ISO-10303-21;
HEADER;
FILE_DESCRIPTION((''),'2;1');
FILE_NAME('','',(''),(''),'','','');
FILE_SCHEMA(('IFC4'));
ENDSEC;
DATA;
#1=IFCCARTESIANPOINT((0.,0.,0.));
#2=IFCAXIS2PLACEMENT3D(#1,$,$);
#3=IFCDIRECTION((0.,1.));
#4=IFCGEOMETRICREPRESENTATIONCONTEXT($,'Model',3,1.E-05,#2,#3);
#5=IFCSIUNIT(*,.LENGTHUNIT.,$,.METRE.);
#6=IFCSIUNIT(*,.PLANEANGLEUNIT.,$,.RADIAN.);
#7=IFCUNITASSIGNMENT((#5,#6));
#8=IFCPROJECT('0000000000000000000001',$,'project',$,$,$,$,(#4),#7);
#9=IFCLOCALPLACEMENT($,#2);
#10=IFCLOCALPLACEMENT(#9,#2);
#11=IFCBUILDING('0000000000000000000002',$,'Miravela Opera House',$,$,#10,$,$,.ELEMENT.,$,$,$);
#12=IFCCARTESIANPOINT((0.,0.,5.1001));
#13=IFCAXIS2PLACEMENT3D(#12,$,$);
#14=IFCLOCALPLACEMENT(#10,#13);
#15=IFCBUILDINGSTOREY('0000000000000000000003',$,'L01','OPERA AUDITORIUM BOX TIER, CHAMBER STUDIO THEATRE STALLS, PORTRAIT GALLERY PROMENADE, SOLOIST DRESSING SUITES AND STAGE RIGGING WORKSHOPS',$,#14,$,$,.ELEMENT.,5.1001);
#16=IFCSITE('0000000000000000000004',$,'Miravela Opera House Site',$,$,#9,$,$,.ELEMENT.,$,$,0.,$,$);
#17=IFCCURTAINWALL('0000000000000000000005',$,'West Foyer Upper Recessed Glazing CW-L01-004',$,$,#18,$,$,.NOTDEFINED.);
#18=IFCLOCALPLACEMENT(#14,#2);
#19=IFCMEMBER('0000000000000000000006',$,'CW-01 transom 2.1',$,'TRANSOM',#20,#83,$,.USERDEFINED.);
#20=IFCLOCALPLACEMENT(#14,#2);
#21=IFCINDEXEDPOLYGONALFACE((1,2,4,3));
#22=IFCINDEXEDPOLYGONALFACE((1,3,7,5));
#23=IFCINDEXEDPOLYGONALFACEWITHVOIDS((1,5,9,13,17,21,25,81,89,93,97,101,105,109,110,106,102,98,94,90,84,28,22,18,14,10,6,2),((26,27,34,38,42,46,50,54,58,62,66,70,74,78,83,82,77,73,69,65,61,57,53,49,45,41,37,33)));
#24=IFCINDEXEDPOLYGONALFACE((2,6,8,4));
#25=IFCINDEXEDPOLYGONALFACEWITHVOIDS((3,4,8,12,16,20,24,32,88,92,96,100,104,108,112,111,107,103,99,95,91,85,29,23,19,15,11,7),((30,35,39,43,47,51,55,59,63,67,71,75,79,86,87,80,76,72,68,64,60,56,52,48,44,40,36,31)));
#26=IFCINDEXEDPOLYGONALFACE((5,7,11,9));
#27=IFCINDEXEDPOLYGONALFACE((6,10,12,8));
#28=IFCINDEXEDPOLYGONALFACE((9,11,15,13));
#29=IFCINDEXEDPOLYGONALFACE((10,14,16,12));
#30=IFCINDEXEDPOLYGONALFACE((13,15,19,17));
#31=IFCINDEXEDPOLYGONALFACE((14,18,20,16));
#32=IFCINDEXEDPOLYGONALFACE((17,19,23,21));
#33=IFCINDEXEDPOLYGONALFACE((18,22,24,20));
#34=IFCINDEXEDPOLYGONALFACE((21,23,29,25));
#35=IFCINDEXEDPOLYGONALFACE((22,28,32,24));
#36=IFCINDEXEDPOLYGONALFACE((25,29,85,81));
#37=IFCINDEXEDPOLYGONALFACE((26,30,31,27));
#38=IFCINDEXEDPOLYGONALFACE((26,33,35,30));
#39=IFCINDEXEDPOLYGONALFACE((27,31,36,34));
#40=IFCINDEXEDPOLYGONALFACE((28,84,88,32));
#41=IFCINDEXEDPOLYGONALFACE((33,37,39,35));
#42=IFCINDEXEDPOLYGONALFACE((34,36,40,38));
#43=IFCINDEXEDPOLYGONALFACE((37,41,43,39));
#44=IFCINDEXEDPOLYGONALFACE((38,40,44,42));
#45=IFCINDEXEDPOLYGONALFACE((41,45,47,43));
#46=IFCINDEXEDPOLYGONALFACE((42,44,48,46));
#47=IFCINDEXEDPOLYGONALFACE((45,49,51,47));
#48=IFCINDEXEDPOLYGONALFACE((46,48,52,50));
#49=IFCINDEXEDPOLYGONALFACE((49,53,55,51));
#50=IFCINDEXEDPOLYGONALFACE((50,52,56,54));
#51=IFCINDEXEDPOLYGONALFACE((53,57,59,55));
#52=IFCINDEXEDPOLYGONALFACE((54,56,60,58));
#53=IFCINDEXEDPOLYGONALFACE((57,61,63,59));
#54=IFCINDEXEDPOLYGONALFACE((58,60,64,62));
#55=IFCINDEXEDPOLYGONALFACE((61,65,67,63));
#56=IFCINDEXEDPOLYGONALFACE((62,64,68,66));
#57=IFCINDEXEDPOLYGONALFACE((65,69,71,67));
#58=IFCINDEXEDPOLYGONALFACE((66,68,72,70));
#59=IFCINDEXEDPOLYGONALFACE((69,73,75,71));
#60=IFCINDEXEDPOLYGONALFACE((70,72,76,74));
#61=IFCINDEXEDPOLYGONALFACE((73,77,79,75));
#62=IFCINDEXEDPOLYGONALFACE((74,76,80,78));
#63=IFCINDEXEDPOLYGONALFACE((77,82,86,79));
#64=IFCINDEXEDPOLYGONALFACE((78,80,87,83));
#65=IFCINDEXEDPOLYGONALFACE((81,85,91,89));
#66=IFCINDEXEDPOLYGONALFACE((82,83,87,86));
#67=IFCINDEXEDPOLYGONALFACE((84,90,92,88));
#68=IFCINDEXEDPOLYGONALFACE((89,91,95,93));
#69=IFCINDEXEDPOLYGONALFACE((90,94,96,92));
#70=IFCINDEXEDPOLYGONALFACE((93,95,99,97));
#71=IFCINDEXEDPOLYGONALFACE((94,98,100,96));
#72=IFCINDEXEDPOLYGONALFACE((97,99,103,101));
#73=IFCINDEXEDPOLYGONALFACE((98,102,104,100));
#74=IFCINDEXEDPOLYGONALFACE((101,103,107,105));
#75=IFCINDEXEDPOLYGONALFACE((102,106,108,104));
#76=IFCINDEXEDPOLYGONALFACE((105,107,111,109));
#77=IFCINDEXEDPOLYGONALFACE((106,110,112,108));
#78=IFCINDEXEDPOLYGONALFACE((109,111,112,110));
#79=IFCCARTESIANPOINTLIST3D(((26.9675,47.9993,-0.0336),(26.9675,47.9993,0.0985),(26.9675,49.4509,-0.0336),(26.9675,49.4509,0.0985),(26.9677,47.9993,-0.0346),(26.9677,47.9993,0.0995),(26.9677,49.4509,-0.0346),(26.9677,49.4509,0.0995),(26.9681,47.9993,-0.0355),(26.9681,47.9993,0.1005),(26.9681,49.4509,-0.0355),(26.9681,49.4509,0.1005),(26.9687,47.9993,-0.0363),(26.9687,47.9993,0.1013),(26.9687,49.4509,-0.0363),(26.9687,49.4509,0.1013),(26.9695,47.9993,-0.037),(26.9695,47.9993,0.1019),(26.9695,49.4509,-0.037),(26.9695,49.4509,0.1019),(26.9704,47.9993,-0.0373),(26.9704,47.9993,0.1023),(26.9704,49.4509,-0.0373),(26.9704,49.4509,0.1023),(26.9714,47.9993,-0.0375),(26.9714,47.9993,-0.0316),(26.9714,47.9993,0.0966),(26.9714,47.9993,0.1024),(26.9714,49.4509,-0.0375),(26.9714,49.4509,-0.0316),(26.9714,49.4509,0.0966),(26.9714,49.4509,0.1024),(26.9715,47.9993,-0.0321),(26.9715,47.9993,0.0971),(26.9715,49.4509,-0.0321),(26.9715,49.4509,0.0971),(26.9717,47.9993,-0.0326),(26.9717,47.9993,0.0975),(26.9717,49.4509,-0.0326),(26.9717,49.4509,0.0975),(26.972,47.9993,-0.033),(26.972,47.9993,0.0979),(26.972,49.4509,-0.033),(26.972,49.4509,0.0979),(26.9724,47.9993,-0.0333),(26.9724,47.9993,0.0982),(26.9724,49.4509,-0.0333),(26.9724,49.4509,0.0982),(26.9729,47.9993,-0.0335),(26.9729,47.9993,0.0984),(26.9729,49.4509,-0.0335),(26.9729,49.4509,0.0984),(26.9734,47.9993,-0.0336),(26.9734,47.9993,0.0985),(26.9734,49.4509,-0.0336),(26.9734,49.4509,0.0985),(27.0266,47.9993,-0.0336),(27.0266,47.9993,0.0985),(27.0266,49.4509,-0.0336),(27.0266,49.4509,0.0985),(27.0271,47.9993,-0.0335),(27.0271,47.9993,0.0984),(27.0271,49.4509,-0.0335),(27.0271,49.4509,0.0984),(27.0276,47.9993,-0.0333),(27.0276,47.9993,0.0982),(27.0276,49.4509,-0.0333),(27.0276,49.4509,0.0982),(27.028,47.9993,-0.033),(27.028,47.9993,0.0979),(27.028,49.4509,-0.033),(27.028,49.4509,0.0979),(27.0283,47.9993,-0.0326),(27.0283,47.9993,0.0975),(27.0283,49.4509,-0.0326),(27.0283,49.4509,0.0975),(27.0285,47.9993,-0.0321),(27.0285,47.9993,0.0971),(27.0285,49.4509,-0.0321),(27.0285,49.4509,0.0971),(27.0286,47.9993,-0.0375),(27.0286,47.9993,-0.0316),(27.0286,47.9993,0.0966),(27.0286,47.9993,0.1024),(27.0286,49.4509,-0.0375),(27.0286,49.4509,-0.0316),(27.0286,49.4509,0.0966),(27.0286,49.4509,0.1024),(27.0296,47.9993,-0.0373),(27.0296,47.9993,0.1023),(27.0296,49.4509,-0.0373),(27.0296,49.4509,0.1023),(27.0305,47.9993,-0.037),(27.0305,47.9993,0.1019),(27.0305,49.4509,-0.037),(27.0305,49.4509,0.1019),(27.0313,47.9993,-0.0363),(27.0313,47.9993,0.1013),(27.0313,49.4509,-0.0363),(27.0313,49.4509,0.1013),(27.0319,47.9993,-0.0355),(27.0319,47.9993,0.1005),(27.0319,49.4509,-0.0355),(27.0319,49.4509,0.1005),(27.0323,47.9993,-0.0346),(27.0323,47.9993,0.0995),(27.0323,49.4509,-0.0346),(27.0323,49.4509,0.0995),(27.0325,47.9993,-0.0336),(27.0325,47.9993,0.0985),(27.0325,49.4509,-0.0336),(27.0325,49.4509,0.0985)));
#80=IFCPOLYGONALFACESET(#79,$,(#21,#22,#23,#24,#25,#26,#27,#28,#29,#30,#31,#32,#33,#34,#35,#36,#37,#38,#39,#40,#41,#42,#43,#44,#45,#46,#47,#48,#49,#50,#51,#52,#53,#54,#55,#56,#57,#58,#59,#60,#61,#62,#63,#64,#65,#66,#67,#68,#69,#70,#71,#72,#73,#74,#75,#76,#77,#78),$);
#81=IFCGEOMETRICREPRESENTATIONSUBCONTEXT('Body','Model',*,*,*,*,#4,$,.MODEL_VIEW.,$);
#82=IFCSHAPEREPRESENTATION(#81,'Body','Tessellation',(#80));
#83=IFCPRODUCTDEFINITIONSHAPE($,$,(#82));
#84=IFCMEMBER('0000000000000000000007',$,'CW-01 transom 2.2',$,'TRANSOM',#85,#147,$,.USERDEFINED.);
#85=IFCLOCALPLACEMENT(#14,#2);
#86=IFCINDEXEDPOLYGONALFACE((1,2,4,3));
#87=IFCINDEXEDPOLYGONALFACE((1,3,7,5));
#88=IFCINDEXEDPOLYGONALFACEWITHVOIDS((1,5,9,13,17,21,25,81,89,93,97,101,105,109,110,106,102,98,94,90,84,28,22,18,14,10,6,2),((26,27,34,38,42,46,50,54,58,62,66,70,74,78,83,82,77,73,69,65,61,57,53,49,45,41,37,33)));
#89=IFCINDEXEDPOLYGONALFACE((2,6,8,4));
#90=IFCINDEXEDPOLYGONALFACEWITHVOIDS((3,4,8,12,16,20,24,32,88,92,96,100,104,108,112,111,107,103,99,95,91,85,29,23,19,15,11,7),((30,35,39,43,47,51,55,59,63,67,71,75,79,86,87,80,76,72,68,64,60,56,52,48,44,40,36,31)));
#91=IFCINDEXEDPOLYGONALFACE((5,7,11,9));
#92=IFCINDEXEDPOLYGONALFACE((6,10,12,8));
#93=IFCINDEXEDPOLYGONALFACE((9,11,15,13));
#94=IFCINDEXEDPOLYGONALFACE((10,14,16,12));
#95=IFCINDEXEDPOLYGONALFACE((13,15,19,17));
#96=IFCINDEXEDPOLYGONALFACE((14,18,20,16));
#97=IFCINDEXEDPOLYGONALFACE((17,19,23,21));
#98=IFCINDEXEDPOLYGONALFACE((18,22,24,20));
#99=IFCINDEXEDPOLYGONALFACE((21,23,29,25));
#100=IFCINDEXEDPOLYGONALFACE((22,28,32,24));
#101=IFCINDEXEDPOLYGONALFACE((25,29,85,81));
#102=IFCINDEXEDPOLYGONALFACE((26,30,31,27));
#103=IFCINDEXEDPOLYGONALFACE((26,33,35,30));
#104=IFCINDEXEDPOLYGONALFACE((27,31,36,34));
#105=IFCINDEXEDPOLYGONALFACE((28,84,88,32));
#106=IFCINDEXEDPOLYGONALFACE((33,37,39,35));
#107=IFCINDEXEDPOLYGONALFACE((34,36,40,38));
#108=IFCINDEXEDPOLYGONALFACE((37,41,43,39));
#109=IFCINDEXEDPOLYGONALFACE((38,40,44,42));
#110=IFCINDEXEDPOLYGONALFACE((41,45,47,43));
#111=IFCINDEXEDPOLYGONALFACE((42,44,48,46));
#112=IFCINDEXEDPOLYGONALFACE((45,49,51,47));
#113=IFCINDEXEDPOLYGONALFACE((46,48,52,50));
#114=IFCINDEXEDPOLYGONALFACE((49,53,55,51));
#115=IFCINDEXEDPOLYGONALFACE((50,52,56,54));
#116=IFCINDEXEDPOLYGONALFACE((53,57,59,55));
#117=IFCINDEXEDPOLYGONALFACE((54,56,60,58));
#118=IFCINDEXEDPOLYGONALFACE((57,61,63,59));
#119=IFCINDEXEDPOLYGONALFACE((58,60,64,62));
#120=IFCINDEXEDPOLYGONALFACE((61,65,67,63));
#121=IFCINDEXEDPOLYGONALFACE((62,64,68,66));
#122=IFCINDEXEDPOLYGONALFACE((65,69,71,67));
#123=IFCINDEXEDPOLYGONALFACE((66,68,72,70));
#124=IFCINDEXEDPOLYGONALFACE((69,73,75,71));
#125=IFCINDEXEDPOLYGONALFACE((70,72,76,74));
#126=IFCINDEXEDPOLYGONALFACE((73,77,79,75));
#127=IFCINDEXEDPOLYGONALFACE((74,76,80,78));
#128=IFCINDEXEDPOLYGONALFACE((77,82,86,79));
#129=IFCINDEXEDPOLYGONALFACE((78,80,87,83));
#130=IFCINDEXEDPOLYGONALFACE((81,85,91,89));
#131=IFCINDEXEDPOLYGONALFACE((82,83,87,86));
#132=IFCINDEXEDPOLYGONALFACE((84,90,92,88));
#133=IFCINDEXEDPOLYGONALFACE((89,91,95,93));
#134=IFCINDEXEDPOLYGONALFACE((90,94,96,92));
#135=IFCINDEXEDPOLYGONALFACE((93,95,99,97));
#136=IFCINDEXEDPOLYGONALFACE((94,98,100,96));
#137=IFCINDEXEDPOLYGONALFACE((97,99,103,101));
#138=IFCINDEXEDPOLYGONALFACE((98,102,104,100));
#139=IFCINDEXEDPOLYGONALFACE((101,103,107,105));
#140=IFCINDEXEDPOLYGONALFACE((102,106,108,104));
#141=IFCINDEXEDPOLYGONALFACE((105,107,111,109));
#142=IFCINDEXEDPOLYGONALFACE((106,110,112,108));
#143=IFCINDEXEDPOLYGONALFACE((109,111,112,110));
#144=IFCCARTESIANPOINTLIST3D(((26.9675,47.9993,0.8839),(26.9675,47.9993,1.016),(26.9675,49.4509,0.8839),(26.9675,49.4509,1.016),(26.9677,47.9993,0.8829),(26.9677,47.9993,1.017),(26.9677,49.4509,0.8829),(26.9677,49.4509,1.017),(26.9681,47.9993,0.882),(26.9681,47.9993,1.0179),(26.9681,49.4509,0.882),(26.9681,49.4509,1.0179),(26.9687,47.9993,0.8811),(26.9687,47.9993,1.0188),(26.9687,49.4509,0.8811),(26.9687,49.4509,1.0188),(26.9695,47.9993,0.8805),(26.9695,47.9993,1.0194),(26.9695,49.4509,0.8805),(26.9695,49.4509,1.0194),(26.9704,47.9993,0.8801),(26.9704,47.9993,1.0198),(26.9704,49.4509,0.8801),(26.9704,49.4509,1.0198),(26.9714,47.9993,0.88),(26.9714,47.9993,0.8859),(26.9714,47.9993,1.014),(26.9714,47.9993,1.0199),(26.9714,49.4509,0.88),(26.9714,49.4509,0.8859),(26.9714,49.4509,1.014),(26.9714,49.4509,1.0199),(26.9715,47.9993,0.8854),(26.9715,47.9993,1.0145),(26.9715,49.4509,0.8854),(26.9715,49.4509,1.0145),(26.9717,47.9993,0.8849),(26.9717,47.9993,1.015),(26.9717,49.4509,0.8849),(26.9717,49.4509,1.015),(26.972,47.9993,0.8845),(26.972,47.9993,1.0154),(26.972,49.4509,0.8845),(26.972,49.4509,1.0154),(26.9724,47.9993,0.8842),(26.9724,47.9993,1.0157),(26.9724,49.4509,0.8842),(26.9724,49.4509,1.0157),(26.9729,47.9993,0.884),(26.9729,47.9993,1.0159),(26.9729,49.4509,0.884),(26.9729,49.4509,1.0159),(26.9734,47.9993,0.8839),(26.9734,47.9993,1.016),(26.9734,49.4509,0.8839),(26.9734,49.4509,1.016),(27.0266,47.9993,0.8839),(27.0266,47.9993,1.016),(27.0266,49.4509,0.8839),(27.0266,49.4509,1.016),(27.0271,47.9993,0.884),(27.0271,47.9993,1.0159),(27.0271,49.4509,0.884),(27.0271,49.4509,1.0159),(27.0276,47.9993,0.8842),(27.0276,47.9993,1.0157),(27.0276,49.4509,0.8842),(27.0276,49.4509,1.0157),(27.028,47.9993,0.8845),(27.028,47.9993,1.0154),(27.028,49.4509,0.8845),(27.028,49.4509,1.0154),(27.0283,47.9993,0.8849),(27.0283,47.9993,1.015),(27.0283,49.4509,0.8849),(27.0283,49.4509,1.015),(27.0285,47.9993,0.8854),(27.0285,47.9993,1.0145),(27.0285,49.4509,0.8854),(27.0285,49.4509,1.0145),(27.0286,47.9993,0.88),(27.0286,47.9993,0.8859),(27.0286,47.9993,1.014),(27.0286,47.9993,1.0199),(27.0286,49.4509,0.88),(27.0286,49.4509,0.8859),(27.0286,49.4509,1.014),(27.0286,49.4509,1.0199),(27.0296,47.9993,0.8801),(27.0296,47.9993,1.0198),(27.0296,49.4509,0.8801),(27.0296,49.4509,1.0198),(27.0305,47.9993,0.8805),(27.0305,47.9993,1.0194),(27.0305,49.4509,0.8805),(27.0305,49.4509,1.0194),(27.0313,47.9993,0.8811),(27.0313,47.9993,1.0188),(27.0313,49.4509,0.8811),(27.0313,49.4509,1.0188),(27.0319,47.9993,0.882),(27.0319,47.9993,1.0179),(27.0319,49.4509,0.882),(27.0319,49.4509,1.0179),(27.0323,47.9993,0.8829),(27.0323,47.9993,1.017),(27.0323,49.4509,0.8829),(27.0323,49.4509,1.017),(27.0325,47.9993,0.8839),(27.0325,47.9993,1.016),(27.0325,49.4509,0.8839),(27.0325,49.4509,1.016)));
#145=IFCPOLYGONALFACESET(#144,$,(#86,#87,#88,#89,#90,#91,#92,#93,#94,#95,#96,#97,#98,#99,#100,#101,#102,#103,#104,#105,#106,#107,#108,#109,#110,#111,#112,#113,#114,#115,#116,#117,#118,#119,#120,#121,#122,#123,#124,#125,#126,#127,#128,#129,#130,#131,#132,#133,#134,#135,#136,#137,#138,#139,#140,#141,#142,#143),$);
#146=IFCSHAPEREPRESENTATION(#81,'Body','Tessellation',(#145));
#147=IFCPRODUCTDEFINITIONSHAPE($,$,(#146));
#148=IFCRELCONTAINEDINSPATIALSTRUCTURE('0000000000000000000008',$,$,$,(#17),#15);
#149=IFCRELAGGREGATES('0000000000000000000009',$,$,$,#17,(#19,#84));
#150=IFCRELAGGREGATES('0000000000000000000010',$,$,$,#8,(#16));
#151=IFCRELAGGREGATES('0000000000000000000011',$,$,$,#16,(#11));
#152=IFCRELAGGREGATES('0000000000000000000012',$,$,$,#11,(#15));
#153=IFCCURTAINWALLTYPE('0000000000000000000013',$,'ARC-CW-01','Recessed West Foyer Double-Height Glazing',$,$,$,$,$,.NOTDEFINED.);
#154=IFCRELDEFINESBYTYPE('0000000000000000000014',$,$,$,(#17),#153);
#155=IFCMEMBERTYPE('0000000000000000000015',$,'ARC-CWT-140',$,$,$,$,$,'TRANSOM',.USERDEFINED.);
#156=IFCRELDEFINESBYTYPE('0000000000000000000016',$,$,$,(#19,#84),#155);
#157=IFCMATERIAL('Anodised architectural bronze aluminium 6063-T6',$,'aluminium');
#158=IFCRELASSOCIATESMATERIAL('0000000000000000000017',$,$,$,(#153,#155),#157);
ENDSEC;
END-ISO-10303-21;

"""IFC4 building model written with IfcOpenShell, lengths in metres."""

from ifc_helpers import new_model, si_unit, direction, frame, origin, origin_2d, place, context, subcontext, project, spatial, hollow_rectangle, extrude, material, material_profile, profile_set, type_object, element, aggregate, save


model = new_model("IFC4")

# Units and contexts
model_context = context("Model", 3, precision=1e-05, world=origin(), true_north=direction((0.0, 1.0)))
body_context = subcontext(model_context, "Body", "Model", "MODEL_VIEW")
ifc_project = project(units=[si_unit("LENGTHUNIT", "METRE"), si_unit("PLANEANGLEUNIT", "RADIAN")], contexts=[model_context])

# Site, building, storey
site_placement = place(None, origin())
site = spatial("IfcSite", under=ifc_project, at=site_placement, Name="Miravela Opera House Site", CompositionType="ELEMENT", RefElevation=0.0)
building_placement = place(site_placement, origin())
building = spatial("IfcBuilding", under=site, at=building_placement, Name="Miravela Opera House", CompositionType="ELEMENT")
storey_placement = place(building_placement, frame((0.0, 0.0, 5.1001)))
storey = spatial("IfcBuildingStorey", under=building, at=storey_placement, Name="L01", Description="OPERA AUDITORIUM BOX TIER, CHAMBER STUDIO THEATRE STALLS, PORTRAIT GALLERY PROMENADE, SOLOIST DRESSING SUITES AND STAGE RIGGING WORKSHOPS", CompositionType="ELEMENT", Elevation=5.1001)

# Curtain wall, members
ifc_material_1 = material(Name="Anodised architectural bronze aluminium 6063-T6", Category="aluminium")
curtain_wall_type = type_object("IfcCurtainWallType", Name="ARC-CW-01", Description="Recessed West Foyer Double-Height Glazing", PredefinedType="NOTDEFINED", material=ifc_material_1)
curtain_wall_placement = place(storey_placement, origin())
curtain_wall = element("IfcCurtainWall", 1, at=curtain_wall_placement, inside=storey, type_object=curtain_wall_type, Name="West Foyer Upper Recessed Glazing CW-L01-004", PredefinedType="NOTDEFINED")
ifc_material_profile_1 = material_profile(ifc_material_1, hollow_rectangle(XDim=0.0649, YDim=0.1399, WallThickness=0.0039, InnerFilletRadius=0.002, OuterFilletRadius=0.0039, at=origin_2d()), Name="CWT-65X140")
ifc_profile_set_1 = profile_set([ifc_material_profile_1])
member_type_1 = type_object("IfcMemberType", Name="ARC-CWT-140", ElementType="TRANSOM", PredefinedType="USERDEFINED", material=ifc_profile_set_1)
member_1_placement = place(storey_placement, frame((27.0, 47.9993, 0.0325), z_axis=(0.0, 1.0, 0.0), x_axis=(-1.0, 0.0, 0.0)))
member_1 = element("IfcMember", 2, at=member_1_placement, type_object=member_type_1, Name="CW-01 transom 2.1", ObjectType="TRANSOM", PredefinedType="USERDEFINED", context=body_context, shape_type="SweptSolid", body=[
    extrude(hollow_rectangle(XDim=0.0649, YDim=0.1399, WallThickness=0.0039, InnerFilletRadius=0.002, OuterFilletRadius=0.0039, at=origin_2d()), origin(), (0.0, 0.0, 1.0), 1.4517),
])
member_2_placement = place(storey_placement, frame((27.0, 47.9993, 0.95), z_axis=(0.0, 1.0, 0.0), x_axis=(-1.0, 0.0, 0.0)))
member_2 = element("IfcMember", 3, at=member_2_placement, type_object=member_type_1, Name="CW-01 transom 2.2", ObjectType="TRANSOM", PredefinedType="USERDEFINED", context=body_context, shape_type="SweptSolid", body=[
    extrude(hollow_rectangle(XDim=0.0649, YDim=0.1399, WallThickness=0.0039, InnerFilletRadius=0.002, OuterFilletRadius=0.0039, at=origin_2d()), origin(), (0.0, 0.0, 1.0), 1.4517),
])
aggregate(curtain_wall, [member_1, member_2])

save(model, "model.ifc")
